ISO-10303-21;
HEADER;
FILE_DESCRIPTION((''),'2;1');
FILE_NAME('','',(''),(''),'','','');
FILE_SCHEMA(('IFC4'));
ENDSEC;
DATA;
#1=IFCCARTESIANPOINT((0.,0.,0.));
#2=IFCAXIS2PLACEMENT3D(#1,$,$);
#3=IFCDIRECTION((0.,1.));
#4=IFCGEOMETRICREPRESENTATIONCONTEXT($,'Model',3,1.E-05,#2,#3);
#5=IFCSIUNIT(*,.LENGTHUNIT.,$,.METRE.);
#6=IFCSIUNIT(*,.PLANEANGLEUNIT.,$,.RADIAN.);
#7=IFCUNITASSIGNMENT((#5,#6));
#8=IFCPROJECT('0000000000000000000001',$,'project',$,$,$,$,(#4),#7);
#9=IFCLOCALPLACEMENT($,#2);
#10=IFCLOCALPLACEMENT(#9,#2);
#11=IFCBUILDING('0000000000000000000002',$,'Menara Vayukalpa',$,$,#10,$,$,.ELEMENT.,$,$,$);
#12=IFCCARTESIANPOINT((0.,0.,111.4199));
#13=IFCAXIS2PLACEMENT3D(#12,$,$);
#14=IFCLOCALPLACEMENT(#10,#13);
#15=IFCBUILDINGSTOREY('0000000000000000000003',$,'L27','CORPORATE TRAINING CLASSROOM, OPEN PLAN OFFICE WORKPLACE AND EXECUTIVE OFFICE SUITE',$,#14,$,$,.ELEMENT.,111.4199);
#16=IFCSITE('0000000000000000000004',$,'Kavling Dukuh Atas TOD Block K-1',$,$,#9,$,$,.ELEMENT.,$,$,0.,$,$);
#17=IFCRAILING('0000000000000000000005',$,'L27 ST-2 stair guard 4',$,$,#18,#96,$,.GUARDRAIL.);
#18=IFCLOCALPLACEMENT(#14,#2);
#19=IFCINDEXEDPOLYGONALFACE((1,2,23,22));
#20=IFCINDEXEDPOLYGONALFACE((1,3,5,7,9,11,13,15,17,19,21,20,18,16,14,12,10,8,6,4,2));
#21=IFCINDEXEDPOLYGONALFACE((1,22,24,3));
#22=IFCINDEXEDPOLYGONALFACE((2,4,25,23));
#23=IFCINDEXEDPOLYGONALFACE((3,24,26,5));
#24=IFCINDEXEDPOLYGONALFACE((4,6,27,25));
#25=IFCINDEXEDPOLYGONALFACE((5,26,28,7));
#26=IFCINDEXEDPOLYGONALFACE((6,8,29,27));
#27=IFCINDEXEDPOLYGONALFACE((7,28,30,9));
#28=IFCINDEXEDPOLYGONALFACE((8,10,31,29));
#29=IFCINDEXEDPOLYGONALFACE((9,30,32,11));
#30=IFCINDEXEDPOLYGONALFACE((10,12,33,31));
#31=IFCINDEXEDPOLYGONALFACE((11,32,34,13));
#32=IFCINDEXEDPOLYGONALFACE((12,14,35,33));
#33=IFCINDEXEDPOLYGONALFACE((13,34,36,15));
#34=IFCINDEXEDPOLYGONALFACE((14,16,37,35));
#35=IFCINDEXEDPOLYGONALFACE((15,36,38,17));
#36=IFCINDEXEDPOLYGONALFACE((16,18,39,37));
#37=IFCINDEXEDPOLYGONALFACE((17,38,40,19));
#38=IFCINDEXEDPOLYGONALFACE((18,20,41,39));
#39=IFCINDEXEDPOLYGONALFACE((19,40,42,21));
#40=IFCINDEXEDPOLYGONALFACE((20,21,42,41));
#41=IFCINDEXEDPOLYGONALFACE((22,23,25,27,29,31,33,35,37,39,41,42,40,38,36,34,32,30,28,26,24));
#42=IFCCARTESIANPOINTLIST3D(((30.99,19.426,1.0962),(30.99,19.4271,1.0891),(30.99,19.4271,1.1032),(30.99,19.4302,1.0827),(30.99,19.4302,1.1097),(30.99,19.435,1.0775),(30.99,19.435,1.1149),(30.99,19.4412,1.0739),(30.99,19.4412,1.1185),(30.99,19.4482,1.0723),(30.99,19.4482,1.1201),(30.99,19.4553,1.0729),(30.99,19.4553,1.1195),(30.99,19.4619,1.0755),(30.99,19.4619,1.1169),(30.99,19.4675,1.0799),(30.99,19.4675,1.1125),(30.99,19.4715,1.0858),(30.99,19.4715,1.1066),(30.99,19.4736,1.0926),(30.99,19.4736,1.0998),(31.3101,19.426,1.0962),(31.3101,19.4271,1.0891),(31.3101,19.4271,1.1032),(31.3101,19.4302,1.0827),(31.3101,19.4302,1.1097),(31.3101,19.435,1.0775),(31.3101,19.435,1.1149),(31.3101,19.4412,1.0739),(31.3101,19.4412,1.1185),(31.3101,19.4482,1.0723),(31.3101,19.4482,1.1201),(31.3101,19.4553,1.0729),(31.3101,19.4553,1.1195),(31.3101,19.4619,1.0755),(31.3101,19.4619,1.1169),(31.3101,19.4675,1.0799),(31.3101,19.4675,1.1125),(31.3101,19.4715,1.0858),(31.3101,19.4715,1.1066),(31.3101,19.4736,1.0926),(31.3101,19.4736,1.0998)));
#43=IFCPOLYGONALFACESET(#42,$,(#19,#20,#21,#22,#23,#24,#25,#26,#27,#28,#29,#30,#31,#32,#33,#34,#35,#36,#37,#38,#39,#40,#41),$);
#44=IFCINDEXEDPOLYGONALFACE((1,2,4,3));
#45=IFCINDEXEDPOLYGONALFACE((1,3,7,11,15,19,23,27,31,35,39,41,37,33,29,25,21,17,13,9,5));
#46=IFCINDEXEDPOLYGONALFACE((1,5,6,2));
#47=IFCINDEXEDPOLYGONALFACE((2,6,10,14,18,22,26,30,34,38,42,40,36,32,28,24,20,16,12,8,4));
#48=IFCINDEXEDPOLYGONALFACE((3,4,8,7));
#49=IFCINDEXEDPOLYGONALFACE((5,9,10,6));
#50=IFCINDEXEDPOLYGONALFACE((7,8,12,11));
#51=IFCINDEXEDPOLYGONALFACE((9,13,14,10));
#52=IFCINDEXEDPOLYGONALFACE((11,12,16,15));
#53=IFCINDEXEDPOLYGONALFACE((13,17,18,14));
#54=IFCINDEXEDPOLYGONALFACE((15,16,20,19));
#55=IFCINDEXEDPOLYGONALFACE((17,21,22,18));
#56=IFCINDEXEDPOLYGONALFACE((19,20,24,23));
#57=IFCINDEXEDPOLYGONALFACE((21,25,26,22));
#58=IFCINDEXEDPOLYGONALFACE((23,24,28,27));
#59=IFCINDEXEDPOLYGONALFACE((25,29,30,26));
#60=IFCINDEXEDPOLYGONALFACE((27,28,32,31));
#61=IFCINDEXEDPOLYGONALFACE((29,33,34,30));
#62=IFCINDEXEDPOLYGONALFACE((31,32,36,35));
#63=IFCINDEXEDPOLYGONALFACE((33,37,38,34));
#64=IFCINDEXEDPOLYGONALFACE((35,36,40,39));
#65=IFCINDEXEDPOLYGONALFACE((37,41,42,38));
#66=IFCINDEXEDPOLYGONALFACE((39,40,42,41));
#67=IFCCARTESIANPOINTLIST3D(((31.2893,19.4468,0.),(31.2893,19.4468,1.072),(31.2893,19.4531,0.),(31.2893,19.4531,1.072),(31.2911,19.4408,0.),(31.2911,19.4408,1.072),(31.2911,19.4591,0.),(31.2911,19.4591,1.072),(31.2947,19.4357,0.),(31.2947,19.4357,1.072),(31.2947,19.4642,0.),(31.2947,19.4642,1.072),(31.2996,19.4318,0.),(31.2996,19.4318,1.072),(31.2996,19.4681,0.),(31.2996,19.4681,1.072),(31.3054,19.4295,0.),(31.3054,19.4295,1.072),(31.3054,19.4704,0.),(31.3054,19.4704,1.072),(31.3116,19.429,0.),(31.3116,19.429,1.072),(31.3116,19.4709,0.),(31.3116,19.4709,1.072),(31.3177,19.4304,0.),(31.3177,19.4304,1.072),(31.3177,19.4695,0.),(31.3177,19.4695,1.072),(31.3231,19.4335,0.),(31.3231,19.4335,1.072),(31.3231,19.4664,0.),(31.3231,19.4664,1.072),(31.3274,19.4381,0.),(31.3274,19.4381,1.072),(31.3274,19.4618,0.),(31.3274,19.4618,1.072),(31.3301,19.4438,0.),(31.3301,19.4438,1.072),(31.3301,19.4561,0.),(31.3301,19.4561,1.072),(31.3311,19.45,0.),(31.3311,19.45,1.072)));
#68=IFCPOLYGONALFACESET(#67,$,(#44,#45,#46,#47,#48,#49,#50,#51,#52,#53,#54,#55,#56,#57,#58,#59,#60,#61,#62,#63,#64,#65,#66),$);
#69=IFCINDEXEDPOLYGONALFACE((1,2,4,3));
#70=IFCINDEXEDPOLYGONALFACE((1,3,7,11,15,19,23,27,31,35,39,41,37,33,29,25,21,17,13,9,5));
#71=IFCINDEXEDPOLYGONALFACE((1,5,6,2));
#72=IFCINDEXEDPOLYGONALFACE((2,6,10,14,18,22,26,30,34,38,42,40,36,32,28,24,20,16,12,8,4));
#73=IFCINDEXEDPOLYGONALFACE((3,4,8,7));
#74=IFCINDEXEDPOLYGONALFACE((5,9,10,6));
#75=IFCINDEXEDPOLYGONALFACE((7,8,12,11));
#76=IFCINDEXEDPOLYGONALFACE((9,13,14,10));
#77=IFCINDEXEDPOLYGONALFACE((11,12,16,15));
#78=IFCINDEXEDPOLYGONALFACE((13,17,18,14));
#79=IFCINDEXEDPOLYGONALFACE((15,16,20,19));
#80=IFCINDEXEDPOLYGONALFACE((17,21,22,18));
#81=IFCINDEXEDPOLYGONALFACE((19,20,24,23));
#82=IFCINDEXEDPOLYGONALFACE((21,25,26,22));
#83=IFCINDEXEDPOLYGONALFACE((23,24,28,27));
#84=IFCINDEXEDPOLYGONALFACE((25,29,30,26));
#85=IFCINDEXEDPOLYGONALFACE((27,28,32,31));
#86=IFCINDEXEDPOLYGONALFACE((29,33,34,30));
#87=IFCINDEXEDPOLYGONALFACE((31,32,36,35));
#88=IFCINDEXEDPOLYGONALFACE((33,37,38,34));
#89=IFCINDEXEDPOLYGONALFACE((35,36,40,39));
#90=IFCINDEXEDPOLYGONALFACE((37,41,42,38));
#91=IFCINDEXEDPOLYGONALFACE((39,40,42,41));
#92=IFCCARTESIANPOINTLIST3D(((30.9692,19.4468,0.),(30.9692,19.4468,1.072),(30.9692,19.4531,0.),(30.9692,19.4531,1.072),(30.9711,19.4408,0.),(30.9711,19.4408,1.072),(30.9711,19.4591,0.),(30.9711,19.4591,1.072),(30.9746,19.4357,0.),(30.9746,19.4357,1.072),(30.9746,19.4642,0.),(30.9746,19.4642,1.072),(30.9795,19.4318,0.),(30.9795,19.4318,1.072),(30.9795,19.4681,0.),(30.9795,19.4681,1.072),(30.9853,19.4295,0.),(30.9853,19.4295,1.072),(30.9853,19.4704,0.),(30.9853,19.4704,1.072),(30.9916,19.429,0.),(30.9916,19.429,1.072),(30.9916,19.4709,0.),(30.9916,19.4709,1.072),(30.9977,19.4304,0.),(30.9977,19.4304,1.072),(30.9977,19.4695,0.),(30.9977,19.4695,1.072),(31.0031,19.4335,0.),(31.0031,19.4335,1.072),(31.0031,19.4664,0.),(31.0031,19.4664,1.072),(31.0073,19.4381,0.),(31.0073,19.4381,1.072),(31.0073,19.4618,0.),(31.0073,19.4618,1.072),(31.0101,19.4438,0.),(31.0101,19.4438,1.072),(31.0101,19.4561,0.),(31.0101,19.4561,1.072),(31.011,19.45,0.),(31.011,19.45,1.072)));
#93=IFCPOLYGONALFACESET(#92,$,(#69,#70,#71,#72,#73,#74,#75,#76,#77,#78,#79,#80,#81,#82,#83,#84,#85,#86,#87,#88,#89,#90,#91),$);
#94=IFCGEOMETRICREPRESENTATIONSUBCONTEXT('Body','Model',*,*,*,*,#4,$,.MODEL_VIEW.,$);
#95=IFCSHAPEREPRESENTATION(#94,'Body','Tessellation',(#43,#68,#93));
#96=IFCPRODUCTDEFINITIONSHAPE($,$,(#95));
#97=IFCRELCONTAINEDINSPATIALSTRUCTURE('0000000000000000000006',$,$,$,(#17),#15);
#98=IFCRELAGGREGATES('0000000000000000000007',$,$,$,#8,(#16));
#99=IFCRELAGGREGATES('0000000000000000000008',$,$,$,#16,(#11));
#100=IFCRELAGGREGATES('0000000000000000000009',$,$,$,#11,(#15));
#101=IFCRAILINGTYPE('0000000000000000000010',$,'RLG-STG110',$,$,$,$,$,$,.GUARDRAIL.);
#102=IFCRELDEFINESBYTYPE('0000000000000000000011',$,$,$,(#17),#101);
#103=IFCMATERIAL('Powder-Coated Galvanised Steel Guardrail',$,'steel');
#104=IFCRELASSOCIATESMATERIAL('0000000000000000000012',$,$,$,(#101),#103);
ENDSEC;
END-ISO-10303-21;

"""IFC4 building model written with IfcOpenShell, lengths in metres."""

from ifc_helpers import new_model, si_unit, direction, frame, origin, origin_2d, place, context, subcontext, project, spatial, circle, extrude, material, type_object, element, save


model = new_model("IFC4")

# Units and contexts
model_context = context("Model", 3, precision=1e-05, world=origin(), true_north=direction((0.0, 1.0)))
body_context = subcontext(model_context, "Body", "Model", "MODEL_VIEW")
ifc_project = project(units=[si_unit("LENGTHUNIT", "METRE"), si_unit("PLANEANGLEUNIT", "RADIAN")], contexts=[model_context])

# Site, building, storey
site_placement = place(None, origin())
site = spatial("IfcSite", under=ifc_project, at=site_placement, Name="Kavling Dukuh Atas TOD Block K-1", CompositionType="ELEMENT", RefElevation=0.0)
building_placement = place(site_placement, origin())
building = spatial("IfcBuilding", under=site, at=building_placement, Name="Menara Vayukalpa", CompositionType="ELEMENT")
storey_placement = place(building_placement, frame((0.0, 0.0, 111.4199)))
storey = spatial("IfcBuildingStorey", under=building, at=storey_placement, Name="L27", Description="CORPORATE TRAINING CLASSROOM, OPEN PLAN OFFICE WORKPLACE AND EXECUTIVE OFFICE SUITE", CompositionType="ELEMENT", Elevation=111.4199)

# Railing
ifc_material_1 = material(Name="Powder-Coated Galvanised Steel Guardrail", Category="steel")
railing_type_1 = type_object("IfcRailingType", Name="RLG-STG110", PredefinedType="GUARDRAIL", material=ifc_material_1)
railing_1_placement = place(storey_placement, frame((31.3101, 19.45, 0.0)))
element("IfcRailing", 1, at=railing_1_placement, inside=storey, type_object=railing_type_1, Name="L27 ST-2 stair guard 4", PredefinedType="GUARDRAIL", context=body_context, shape_type="SweptSolid", body=[
    extrude(circle(Radius=0.0239, at=origin_2d()), frame((0.0, 0.0, 1.0962), z_axis=(-1.0, 0.0, 0.0), x_axis=(0.0, -1.0, 0.0)), (0.0, 0.0, 1.0), 0.3201),
    extrude(circle(Radius=0.021, at=origin_2d()), origin(), (0.0, 0.0, 1.0), 1.072),
    extrude(circle(Radius=0.021, at=origin_2d()), frame((-0.3201, 0.0, 0.0)), (0.0, 0.0, 1.0), 1.072),
])

save(model, "model.ifc")
